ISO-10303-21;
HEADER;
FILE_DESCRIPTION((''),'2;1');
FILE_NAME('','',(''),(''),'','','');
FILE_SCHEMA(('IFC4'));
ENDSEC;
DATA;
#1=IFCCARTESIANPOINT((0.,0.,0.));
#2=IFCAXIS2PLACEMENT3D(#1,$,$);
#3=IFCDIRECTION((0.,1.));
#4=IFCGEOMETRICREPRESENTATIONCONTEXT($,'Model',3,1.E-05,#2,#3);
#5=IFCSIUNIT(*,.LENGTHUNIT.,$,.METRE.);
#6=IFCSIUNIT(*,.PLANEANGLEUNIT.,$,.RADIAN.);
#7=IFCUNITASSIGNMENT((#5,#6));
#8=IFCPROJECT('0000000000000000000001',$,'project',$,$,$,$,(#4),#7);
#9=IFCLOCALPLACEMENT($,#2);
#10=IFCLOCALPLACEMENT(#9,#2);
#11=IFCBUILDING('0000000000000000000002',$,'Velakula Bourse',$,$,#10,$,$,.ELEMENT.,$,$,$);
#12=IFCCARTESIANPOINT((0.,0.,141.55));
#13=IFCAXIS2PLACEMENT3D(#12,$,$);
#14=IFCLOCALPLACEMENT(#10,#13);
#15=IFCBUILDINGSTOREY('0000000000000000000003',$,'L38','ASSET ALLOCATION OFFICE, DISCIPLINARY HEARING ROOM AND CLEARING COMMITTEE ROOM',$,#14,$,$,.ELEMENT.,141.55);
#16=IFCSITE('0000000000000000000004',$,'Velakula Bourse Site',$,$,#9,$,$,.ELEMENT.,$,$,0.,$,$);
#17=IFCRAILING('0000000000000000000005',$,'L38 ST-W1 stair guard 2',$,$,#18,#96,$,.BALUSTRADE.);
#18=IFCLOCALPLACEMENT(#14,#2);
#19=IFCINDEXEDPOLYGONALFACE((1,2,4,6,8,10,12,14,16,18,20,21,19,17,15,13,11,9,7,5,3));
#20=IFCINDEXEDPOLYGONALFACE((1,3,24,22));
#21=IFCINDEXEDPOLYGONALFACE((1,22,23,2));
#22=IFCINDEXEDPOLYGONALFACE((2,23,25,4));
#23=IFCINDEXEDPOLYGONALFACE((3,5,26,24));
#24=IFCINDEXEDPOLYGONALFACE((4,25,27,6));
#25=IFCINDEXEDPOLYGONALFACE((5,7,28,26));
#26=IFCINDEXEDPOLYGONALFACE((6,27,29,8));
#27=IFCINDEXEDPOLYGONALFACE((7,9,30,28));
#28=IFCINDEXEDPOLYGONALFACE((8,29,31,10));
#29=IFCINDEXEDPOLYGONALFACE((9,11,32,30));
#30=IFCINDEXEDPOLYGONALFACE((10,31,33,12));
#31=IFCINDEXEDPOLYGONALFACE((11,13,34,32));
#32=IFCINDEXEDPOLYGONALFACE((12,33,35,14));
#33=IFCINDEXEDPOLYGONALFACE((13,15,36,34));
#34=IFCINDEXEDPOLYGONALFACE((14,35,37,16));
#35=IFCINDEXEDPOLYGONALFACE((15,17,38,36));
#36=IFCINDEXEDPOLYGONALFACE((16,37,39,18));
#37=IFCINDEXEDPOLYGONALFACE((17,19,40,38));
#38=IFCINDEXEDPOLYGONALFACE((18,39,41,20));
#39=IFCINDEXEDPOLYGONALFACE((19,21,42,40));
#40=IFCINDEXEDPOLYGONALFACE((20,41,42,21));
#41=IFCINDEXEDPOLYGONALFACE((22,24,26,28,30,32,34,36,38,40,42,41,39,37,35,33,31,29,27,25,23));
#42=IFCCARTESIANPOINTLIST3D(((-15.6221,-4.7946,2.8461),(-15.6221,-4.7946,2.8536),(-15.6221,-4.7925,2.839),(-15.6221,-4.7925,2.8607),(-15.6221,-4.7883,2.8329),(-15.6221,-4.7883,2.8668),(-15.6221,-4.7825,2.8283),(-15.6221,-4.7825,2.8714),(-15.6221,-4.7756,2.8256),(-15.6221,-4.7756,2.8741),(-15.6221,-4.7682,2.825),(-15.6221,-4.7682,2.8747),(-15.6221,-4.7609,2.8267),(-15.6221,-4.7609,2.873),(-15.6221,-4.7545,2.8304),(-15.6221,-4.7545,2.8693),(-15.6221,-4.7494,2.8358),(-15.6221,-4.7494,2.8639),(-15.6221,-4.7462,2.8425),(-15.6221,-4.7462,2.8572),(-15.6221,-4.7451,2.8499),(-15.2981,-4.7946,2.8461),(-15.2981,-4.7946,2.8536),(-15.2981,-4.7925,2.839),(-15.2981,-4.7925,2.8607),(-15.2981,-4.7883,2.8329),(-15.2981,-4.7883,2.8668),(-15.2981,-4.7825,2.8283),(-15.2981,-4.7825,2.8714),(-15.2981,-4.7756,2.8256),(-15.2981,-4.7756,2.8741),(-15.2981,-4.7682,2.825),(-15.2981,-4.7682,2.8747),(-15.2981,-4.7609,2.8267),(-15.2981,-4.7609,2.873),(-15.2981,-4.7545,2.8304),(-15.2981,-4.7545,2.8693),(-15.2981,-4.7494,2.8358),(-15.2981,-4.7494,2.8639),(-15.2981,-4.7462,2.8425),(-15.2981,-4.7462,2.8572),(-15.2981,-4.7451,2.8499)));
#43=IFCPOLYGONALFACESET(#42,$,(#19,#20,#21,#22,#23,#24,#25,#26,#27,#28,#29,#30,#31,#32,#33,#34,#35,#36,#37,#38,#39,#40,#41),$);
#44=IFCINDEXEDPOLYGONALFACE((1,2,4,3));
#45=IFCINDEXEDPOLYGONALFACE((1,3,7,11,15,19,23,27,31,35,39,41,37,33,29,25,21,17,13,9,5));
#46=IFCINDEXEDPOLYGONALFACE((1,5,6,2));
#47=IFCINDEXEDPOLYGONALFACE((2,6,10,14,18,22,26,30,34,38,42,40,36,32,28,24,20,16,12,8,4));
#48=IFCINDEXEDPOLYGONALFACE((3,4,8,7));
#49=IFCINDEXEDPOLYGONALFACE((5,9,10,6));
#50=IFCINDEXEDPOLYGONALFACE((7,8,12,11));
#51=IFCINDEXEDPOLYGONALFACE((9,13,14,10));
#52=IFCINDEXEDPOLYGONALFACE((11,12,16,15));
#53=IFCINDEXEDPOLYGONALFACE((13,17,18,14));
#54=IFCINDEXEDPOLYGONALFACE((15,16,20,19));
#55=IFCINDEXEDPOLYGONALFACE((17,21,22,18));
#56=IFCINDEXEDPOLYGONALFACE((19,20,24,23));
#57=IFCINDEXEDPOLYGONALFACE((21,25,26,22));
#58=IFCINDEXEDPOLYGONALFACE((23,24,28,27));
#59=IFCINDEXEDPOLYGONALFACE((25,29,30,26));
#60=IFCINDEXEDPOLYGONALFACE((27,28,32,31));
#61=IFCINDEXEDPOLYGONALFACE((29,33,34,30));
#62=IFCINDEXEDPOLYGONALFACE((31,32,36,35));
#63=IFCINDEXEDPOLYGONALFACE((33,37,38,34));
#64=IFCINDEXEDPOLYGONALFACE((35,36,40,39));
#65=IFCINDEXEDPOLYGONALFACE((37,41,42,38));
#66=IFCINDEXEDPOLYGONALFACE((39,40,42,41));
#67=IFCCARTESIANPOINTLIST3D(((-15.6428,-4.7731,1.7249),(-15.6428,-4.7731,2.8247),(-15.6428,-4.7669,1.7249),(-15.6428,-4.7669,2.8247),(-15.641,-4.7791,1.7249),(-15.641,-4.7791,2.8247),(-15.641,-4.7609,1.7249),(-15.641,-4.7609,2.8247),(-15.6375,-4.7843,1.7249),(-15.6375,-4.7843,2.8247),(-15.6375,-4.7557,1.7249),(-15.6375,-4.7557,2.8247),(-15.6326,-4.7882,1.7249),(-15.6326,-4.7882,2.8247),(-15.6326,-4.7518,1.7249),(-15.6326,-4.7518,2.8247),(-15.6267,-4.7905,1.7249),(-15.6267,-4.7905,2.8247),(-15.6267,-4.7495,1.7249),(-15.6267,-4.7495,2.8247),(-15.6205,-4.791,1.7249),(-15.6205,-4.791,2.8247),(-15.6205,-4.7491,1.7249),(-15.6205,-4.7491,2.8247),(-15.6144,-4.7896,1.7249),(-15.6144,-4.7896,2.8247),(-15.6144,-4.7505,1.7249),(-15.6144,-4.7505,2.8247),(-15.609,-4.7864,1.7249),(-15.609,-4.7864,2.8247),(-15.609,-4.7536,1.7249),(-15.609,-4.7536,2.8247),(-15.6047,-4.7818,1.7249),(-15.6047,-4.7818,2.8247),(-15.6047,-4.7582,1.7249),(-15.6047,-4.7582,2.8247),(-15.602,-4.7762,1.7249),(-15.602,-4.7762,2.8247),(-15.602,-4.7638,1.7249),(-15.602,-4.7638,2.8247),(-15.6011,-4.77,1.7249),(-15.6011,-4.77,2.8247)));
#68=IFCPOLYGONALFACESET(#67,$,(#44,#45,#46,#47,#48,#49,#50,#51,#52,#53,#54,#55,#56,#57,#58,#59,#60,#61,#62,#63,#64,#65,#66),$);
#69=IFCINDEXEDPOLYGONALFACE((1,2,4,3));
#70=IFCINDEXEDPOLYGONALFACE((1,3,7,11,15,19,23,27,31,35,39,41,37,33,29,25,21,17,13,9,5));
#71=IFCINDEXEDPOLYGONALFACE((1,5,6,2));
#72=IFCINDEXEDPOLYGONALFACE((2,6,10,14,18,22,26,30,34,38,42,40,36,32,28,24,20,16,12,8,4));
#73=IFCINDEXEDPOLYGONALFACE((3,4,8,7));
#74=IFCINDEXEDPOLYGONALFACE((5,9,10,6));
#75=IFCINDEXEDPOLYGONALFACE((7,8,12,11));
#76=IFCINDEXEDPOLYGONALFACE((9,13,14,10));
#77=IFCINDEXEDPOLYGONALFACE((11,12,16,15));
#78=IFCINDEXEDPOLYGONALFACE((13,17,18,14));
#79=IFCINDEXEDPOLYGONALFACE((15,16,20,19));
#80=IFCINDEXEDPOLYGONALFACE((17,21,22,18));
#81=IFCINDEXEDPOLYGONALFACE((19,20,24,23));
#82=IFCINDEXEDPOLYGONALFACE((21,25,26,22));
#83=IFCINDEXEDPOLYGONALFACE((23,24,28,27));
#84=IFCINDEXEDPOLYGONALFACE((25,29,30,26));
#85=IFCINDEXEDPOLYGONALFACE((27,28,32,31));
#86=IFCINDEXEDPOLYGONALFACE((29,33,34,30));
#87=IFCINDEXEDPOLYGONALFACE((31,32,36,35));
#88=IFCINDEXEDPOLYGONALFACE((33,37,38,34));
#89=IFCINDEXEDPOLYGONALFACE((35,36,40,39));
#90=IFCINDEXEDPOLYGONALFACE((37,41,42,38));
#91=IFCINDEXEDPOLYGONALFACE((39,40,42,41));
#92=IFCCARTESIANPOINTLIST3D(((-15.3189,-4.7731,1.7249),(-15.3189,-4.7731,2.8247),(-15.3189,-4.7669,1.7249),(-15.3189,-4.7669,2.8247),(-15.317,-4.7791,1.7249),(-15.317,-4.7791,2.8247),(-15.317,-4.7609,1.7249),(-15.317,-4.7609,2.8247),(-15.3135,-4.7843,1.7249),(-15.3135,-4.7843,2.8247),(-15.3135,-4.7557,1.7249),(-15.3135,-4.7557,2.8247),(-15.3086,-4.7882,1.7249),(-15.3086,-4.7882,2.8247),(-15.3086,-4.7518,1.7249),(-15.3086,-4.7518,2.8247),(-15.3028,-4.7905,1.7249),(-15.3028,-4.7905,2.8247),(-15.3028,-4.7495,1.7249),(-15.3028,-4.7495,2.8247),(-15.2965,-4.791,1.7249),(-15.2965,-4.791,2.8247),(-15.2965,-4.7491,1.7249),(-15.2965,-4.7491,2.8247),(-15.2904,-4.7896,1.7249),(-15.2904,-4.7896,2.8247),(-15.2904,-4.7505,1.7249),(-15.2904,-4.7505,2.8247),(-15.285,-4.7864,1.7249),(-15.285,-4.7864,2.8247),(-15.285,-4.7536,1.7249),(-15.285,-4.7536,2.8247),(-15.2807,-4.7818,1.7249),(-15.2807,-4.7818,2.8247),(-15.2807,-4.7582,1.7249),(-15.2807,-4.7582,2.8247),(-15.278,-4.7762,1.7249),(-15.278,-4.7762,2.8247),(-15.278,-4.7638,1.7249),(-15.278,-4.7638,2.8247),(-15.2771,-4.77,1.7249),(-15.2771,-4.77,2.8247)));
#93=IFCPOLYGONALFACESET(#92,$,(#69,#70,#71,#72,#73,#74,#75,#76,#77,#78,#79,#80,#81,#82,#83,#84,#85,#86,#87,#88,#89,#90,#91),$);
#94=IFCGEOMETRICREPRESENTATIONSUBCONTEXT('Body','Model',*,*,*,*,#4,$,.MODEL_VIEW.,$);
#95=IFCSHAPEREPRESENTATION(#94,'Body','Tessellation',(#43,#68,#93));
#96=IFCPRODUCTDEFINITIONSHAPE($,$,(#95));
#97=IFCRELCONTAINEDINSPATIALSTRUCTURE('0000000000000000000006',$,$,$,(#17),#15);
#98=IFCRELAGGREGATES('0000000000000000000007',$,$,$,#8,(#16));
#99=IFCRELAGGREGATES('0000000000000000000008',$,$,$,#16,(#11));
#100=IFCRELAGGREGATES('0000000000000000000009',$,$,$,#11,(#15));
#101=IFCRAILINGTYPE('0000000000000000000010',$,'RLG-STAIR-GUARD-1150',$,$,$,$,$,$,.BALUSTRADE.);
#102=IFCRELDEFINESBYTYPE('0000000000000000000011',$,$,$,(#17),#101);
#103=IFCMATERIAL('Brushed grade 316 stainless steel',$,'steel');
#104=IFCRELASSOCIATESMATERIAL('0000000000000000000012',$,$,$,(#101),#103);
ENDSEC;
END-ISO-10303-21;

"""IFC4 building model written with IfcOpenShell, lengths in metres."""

from ifc_helpers import new_model, si_unit, direction, frame, origin, origin_2d, place, context, subcontext, project, spatial, circle, extrude, material, type_object, element, save


model = new_model("IFC4")

# Units and contexts
model_context = context("Model", 3, precision=1e-05, world=origin(), true_north=direction((0.0, 1.0)))
body_context = subcontext(model_context, "Body", "Model", "MODEL_VIEW")
ifc_project = project(units=[si_unit("LENGTHUNIT", "METRE"), si_unit("PLANEANGLEUNIT", "RADIAN")], contexts=[model_context])

# Site, building, storey
site_placement = place(None, origin())
site = spatial("IfcSite", under=ifc_project, at=site_placement, Name="Velakula Bourse Site", CompositionType="ELEMENT", RefElevation=0.0)
building_placement = place(site_placement, origin())
building = spatial("IfcBuilding", under=site, at=building_placement, Name="Velakula Bourse", CompositionType="ELEMENT")
storey_placement = place(building_placement, frame((0.0, 0.0, 141.55)))
storey = spatial("IfcBuildingStorey", under=building, at=storey_placement, Name="L38", Description="ASSET ALLOCATION OFFICE, DISCIPLINARY HEARING ROOM AND CLEARING COMMITTEE ROOM", CompositionType="ELEMENT", Elevation=141.55)

# Shared definitions
ifc_material_1 = material(Name="Brushed grade 316 stainless steel", Category="steel")

# Railing
railing_type_1 = type_object("IfcRailingType", Name="RLG-STAIR-GUARD-1150", PredefinedType="BALUSTRADE", material=ifc_material_1)
railing_1_placement = place(storey_placement, frame((-15.6221, -4.77, 1.7249)))
element("IfcRailing", 1, at=railing_1_placement, inside=storey, type_object=railing_type_1, Name="L38 ST-W1 stair guard 2", PredefinedType="BALUSTRADE", context=body_context, shape_type="SweptSolid", body=[
    extrude(circle(Radius=0.0249, at=origin_2d()), frame((0.0, 0.0, 1.125), z_axis=(1.0, 0.0, 0.0), x_axis=(0.0, 1.0, 0.0)), (0.0, 0.0, 1.0), 0.324),
    extrude(circle(Radius=0.021, at=origin_2d()), origin(), (0.0, 0.0, 1.0), 1.0999),
    extrude(circle(Radius=0.021, at=origin_2d()), frame((0.324, 0.0, 0.0)), (0.0, 0.0, 1.0), 1.0999),
])

save(model, "model.ifc")
